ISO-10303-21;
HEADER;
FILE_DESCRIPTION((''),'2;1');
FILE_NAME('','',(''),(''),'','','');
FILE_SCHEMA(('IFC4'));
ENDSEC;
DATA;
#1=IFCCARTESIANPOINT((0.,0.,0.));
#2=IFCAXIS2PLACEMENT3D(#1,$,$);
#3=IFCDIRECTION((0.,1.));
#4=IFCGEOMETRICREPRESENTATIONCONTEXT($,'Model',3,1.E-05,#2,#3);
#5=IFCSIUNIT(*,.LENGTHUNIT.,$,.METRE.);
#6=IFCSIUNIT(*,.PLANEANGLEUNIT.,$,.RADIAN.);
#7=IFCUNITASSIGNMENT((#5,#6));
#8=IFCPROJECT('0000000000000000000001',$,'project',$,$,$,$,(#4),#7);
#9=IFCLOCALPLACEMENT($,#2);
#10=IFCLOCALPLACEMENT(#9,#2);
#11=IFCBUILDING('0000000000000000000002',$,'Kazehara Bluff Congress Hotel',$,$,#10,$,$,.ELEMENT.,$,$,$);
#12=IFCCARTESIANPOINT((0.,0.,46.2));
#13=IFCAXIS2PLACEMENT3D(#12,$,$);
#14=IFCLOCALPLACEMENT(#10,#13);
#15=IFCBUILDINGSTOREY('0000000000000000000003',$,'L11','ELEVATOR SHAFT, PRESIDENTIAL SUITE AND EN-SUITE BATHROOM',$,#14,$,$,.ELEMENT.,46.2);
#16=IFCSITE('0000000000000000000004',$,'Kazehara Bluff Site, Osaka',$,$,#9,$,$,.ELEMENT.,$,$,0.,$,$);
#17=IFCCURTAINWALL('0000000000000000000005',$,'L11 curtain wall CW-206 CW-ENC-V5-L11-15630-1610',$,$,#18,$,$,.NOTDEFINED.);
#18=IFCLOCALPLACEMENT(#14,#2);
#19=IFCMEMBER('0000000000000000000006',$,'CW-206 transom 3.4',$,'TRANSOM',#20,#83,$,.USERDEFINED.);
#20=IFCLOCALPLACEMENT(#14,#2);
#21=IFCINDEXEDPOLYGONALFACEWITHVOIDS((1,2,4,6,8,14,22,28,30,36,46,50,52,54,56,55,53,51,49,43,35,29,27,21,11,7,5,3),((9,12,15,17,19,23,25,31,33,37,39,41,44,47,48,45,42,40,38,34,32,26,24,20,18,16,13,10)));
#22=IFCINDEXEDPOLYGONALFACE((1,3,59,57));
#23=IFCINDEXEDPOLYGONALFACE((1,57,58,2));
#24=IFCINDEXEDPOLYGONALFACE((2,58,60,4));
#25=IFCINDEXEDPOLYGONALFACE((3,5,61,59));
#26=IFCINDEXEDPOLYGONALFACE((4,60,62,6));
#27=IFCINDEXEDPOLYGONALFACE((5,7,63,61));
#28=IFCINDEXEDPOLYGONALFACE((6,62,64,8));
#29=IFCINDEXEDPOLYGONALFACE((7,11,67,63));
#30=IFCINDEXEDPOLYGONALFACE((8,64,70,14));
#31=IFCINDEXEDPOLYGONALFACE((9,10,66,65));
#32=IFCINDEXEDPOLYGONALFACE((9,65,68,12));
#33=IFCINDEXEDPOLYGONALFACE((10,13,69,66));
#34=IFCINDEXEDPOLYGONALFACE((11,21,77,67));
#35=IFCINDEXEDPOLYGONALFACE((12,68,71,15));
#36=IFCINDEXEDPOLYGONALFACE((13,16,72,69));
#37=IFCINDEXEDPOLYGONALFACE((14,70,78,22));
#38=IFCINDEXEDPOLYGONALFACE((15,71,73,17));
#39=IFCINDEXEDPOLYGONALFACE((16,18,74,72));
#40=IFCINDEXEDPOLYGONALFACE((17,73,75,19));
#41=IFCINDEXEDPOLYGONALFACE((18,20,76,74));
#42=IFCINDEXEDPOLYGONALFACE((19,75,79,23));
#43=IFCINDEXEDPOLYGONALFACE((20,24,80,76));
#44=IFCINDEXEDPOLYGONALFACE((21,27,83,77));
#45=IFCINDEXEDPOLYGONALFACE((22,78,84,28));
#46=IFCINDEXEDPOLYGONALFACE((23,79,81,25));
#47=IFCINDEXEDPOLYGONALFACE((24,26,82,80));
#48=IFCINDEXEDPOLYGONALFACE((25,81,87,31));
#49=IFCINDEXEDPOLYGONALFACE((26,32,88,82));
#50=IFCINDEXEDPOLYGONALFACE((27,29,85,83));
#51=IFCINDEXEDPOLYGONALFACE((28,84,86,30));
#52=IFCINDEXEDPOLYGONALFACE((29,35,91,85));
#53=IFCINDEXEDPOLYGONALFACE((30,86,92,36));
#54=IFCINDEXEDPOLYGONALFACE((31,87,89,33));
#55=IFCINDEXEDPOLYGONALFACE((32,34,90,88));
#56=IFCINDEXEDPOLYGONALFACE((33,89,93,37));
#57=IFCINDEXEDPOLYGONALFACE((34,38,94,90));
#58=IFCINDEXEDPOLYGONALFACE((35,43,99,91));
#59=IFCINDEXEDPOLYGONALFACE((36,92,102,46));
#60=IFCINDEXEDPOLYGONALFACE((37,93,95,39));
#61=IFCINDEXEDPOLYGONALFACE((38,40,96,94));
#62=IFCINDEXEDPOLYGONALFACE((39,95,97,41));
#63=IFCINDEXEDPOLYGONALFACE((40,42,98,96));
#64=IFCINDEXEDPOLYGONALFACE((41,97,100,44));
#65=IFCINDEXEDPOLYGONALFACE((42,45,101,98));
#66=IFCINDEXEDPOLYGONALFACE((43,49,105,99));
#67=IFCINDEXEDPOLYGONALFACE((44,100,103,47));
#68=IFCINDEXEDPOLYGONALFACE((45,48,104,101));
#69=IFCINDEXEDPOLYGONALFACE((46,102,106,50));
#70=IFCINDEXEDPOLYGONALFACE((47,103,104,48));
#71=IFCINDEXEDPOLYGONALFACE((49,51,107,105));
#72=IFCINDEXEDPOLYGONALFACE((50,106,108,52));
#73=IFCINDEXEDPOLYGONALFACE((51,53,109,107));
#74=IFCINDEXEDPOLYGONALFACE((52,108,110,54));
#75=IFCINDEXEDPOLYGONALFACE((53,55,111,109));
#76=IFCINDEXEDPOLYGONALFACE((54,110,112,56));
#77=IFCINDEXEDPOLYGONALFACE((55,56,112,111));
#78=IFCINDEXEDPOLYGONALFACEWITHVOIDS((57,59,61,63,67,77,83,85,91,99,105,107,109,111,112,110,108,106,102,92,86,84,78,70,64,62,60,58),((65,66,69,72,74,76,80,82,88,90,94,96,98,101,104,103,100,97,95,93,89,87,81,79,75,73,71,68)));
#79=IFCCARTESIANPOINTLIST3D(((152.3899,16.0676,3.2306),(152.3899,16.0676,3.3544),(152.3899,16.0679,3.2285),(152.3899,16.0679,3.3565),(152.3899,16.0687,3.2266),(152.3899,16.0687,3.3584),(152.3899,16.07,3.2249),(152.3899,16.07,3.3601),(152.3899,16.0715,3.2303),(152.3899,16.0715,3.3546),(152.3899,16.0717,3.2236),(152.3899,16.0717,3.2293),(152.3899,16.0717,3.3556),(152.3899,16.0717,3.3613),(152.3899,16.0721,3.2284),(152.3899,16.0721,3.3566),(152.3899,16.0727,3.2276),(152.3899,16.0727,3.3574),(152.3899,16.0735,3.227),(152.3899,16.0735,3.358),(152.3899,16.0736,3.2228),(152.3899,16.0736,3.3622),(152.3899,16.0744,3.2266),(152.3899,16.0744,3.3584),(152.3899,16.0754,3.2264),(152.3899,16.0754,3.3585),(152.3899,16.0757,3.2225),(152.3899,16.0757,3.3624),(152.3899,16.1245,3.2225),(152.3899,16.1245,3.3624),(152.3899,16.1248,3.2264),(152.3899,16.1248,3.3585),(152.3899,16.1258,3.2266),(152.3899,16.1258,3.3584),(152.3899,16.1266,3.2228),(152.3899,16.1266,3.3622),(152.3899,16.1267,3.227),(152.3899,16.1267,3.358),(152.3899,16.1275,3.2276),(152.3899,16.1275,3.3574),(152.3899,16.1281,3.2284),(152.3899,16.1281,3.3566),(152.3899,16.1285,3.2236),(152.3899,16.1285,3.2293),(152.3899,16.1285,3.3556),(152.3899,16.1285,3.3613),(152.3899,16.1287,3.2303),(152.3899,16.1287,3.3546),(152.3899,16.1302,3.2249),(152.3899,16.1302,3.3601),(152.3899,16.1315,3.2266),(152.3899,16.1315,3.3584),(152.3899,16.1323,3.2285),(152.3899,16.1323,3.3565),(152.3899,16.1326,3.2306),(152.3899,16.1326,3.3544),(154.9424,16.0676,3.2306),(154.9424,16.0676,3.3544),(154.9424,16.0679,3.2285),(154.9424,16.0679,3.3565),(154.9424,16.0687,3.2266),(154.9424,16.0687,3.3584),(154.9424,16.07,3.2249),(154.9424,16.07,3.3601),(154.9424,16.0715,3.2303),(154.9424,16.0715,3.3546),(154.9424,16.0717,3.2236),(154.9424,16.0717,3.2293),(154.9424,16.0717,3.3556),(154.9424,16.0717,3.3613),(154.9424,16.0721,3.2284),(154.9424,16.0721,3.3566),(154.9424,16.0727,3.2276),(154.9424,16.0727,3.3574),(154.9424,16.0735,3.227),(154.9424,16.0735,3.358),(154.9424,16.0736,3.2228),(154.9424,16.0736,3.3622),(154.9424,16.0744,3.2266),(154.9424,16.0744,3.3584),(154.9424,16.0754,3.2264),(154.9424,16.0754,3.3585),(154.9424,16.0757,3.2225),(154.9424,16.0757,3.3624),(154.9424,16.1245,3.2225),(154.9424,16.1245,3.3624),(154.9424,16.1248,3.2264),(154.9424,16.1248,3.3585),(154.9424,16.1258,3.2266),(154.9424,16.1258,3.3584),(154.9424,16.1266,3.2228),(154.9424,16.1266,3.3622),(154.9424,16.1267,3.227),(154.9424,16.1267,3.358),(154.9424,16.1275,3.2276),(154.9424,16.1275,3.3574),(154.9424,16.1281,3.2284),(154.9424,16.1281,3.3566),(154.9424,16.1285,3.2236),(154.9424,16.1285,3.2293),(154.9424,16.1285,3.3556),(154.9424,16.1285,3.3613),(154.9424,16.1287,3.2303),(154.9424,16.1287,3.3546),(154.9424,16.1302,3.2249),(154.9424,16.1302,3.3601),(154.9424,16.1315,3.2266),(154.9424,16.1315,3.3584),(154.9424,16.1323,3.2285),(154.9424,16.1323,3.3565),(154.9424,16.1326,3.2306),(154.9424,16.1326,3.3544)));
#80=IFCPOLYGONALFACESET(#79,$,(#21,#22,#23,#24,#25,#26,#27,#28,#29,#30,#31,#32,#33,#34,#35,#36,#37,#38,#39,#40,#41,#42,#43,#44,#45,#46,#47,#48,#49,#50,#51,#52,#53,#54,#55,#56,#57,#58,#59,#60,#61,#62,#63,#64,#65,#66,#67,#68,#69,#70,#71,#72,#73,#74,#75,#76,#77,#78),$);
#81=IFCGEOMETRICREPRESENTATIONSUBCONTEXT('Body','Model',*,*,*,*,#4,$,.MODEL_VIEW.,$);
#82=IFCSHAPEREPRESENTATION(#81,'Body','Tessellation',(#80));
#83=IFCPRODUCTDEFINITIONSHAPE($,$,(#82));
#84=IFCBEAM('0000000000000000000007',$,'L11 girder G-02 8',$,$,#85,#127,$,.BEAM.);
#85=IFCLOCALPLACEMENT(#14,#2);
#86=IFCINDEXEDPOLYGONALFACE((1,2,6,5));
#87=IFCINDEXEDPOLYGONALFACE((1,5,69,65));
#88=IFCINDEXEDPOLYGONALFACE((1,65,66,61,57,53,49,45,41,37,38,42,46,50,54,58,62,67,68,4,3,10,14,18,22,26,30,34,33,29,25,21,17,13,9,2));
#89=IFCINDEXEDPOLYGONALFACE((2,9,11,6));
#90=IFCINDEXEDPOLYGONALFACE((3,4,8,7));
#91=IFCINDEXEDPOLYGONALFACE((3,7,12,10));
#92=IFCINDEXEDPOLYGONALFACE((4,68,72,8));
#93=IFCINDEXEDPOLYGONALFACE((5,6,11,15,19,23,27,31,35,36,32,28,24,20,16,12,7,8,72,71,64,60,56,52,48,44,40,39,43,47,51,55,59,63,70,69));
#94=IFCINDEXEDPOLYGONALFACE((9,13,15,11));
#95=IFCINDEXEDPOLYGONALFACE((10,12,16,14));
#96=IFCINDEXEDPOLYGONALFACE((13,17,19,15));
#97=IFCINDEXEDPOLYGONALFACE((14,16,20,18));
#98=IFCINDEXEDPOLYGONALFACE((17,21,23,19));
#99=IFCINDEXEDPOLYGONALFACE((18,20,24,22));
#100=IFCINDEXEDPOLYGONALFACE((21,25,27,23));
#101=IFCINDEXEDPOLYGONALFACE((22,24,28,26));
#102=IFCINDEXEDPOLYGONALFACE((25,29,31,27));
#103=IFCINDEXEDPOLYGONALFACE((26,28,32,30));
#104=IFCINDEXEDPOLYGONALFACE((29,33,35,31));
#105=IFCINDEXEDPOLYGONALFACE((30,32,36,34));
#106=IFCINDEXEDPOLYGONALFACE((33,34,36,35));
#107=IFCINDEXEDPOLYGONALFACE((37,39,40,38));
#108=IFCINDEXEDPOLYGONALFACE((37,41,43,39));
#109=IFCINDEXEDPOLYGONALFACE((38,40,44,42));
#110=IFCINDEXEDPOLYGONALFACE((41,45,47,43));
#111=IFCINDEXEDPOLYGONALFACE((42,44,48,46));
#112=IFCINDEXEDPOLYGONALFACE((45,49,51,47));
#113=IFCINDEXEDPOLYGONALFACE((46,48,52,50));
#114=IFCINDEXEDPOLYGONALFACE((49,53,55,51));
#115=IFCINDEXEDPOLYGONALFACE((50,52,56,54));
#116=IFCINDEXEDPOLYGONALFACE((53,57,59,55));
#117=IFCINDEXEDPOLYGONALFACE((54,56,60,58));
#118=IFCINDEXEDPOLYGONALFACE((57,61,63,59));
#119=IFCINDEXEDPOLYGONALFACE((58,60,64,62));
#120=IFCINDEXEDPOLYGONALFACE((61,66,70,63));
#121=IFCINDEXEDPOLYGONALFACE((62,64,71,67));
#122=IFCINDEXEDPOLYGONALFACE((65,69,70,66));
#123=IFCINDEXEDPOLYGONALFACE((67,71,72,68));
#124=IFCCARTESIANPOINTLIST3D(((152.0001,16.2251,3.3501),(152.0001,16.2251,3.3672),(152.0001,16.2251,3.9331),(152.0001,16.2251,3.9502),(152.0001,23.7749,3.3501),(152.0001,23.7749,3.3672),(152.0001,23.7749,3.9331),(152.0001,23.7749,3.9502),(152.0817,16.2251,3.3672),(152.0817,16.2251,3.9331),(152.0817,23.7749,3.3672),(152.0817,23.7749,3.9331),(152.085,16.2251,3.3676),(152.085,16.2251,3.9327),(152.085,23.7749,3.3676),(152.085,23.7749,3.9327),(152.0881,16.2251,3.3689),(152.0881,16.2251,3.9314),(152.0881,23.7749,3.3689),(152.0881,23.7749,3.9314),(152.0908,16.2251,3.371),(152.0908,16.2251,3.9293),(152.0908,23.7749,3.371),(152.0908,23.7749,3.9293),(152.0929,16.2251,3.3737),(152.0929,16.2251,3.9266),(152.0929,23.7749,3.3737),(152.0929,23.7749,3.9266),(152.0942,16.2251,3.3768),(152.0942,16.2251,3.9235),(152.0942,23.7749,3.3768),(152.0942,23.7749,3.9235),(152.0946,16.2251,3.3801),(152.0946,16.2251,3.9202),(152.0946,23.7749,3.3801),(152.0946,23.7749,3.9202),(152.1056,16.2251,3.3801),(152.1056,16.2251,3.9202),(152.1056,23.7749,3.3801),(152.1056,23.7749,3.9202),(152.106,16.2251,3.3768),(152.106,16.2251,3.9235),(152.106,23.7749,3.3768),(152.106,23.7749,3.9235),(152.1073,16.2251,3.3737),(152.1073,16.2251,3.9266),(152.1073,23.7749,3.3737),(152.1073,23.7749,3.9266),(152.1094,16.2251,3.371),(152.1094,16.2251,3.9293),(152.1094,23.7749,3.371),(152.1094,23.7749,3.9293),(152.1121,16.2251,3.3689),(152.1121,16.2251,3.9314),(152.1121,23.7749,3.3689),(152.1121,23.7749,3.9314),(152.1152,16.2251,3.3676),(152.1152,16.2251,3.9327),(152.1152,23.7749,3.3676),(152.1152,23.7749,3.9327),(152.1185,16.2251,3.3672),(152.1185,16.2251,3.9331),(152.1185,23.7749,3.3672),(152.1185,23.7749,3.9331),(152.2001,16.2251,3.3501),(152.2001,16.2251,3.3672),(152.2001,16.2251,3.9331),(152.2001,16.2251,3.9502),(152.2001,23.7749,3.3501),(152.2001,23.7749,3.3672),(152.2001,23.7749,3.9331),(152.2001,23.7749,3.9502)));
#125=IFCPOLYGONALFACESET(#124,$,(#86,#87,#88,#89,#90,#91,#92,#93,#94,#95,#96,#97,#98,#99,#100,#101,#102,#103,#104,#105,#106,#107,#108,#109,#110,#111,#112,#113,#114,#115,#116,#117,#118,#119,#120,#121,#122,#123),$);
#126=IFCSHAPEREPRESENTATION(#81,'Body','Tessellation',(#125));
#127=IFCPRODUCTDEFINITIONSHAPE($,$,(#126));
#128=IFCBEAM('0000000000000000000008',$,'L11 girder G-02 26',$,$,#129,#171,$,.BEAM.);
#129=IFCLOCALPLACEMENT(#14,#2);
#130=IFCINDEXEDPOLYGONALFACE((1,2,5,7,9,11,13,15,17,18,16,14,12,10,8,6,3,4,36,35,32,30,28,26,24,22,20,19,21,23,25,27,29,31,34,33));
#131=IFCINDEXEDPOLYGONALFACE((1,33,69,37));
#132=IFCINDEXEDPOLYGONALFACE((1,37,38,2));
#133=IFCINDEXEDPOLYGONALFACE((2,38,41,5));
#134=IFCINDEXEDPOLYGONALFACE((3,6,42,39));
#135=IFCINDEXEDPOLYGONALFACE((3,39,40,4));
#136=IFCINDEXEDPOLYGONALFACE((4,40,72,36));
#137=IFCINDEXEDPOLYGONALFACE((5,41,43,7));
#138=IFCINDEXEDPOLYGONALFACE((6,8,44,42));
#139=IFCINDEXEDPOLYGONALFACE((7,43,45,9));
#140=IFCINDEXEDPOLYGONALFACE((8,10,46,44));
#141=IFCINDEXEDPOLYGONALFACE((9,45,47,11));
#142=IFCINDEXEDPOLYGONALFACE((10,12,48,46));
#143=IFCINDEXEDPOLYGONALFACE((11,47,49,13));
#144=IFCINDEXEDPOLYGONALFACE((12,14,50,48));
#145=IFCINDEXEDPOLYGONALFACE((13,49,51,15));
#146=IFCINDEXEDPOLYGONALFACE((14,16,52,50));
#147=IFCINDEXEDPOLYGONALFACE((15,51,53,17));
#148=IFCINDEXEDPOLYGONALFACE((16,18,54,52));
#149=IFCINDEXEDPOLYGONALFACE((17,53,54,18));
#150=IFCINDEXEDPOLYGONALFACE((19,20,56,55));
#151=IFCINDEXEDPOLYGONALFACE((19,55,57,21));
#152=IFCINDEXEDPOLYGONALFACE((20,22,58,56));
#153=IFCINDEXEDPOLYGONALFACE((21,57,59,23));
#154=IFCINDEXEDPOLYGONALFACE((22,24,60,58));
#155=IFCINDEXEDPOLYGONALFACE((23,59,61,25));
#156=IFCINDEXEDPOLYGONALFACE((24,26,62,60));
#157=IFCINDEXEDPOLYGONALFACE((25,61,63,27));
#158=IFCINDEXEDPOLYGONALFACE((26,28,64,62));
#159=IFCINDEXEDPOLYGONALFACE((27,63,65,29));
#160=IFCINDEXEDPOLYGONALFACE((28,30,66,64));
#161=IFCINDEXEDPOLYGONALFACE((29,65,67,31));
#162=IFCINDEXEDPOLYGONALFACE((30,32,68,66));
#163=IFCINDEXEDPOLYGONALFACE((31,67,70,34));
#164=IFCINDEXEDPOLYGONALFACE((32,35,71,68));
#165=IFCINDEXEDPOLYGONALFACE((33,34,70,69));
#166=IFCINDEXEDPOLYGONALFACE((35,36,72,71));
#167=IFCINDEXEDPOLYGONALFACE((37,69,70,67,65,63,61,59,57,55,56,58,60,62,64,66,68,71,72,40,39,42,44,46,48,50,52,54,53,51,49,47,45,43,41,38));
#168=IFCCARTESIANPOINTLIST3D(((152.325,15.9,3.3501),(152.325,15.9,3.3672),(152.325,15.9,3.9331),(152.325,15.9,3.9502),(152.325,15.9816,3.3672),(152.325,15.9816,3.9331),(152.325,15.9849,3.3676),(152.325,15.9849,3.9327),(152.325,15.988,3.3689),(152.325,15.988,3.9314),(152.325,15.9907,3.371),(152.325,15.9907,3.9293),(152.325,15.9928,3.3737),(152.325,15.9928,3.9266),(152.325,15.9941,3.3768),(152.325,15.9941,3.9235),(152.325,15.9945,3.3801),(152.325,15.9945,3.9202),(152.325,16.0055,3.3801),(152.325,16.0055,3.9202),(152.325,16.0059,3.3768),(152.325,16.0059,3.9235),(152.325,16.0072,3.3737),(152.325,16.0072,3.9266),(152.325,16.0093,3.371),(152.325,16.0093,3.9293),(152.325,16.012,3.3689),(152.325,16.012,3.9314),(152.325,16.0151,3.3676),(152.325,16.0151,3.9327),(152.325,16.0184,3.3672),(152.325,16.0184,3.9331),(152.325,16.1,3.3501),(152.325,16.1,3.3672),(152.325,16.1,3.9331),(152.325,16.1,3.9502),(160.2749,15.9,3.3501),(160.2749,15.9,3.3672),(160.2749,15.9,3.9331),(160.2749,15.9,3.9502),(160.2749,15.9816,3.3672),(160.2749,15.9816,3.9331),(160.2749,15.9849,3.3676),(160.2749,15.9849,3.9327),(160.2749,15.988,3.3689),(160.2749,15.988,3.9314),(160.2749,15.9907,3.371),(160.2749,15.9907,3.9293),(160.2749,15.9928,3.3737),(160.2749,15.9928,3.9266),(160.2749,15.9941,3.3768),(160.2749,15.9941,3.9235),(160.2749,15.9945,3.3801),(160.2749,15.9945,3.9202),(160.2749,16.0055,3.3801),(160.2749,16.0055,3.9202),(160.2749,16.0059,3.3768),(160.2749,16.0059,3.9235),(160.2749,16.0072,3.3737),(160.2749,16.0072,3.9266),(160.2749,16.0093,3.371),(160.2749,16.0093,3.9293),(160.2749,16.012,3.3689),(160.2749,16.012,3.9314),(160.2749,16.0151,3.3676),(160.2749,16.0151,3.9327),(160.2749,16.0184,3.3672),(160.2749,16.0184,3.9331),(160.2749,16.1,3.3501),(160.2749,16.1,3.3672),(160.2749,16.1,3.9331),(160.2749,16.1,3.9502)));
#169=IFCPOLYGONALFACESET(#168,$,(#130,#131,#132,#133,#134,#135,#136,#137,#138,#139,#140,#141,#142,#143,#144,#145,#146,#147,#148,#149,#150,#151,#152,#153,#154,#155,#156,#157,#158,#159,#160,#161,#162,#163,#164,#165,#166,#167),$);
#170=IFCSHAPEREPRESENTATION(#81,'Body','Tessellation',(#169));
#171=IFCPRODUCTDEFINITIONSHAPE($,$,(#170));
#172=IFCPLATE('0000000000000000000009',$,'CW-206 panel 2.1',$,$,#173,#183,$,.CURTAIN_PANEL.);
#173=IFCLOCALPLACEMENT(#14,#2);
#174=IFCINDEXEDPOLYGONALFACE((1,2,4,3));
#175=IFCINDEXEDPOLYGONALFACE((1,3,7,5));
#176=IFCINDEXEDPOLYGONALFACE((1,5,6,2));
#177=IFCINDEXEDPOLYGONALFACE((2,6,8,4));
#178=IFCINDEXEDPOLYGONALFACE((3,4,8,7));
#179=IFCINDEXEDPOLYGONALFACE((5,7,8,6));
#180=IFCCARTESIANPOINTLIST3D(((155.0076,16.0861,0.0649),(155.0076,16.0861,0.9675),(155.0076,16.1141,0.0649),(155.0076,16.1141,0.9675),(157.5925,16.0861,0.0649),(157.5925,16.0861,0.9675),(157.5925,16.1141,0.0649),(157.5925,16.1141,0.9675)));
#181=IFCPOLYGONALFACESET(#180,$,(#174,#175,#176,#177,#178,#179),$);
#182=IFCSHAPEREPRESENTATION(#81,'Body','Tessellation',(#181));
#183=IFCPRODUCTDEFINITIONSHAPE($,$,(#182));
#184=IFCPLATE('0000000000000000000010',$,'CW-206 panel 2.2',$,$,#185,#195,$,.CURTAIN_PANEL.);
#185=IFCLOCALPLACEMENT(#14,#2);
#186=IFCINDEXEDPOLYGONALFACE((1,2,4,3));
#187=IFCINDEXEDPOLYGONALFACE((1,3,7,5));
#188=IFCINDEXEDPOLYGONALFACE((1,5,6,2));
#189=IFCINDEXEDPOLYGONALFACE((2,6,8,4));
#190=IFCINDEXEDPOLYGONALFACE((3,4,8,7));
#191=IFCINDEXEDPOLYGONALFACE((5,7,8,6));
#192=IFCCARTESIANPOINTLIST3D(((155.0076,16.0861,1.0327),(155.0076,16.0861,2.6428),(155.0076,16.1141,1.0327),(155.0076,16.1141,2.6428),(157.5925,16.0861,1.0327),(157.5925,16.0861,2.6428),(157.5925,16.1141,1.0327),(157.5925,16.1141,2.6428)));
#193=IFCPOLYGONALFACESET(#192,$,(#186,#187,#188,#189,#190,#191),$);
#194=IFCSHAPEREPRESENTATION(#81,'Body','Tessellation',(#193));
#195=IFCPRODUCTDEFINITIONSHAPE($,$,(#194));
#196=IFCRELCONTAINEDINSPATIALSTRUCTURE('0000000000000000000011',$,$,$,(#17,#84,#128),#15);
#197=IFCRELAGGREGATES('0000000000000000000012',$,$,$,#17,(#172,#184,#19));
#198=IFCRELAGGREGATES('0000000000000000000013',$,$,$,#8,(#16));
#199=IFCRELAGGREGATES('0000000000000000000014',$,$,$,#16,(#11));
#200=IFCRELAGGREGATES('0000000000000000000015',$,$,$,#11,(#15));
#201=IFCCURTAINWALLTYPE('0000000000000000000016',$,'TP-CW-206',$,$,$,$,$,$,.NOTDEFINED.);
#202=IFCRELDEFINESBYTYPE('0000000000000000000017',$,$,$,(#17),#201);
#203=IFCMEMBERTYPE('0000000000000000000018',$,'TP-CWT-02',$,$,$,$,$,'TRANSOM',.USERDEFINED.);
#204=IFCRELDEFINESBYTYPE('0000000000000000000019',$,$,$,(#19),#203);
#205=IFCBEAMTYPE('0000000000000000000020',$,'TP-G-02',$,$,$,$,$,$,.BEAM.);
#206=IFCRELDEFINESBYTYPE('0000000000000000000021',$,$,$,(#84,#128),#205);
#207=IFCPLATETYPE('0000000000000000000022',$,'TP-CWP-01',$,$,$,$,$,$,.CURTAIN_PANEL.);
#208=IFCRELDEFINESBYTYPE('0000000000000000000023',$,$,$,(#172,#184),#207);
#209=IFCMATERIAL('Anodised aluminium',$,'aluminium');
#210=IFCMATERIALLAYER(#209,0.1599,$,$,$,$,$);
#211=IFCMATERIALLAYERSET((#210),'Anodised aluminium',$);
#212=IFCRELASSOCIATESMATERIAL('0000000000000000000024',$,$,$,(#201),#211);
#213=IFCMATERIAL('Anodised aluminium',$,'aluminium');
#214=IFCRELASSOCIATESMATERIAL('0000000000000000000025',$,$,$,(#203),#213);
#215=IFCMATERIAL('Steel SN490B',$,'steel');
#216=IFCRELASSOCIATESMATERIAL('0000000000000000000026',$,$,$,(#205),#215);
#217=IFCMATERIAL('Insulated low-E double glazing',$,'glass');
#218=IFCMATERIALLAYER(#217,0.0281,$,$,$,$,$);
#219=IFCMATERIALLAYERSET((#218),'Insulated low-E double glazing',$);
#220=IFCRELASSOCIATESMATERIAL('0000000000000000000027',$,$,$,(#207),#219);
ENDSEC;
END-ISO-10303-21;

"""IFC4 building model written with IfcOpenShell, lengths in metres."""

from ifc_helpers import new_model, si_unit, direction, frame, origin, origin_2d, place, context, subcontext, project, spatial, rectangle, hollow_rectangle, i_section, extrude, material, layer, layer_set, material_profile, profile_set, type_object, element, aggregate, save


model = new_model("IFC4")

# Units and contexts
model_context = context("Model", 3, precision=1e-05, world=origin(), true_north=direction((0.0, 1.0)))
body_context = subcontext(model_context, "Body", "Model", "MODEL_VIEW")
ifc_project = project(units=[si_unit("LENGTHUNIT", "METRE"), si_unit("PLANEANGLEUNIT", "RADIAN")], contexts=[model_context])

# Site, building, storey
site_placement = place(None, origin())
site = spatial("IfcSite", under=ifc_project, at=site_placement, Name="Kazehara Bluff Site, Osaka", CompositionType="ELEMENT", RefElevation=0.0)
building_placement = place(site_placement, origin())
building = spatial("IfcBuilding", under=site, at=building_placement, Name="Kazehara Bluff Congress Hotel", CompositionType="ELEMENT")
storey_placement = place(building_placement, frame((0.0, 0.0, 46.2)))
storey = spatial("IfcBuildingStorey", under=building, at=storey_placement, Name="L11", Description="ELEVATOR SHAFT, PRESIDENTIAL SUITE AND EN-SUITE BATHROOM", CompositionType="ELEMENT", Elevation=46.2)

# Shared definitions
ifc_material_1 = material(Name="Anodised aluminium", Category="aluminium")
ifc_layer_1 = layer(ifc_material_1, 0.1599)
ifc_layer_set_1 = layer_set([ifc_layer_1], Name="Anodised aluminium")
curtain_wall_type = type_object("IfcCurtainWallType", Name="TP-CW-206", PredefinedType="NOTDEFINED", material=ifc_layer_set_1)

# Curtain wall
curtain_wall_1_placement = place(storey_placement, origin())
curtain_wall_1 = element("IfcCurtainWall", 1, at=curtain_wall_1_placement, inside=storey, type_object=curtain_wall_type, Name="L11 curtain wall CW-206 CW-ENC-V5-L11-15630-1610", PredefinedType="NOTDEFINED")

# Member
ifc_material_2 = material(Name="Anodised aluminium", Category="aluminium")
ifc_material_profile_1 = material_profile(ifc_material_2, hollow_rectangle(XDim=0.0649, YDim=0.1399, WallThickness=0.0039, InnerFilletRadius=0.0039, OuterFilletRadius=0.0081, at=origin_2d()))
ifc_profile_set_1 = profile_set([ifc_material_profile_1], Name="Anodised aluminium")
member_type_1 = type_object("IfcMemberType", Name="TP-CWT-02", ElementType="TRANSOM", PredefinedType="USERDEFINED", material=ifc_profile_set_1)
member_1_placement = place(storey_placement, frame((154.9424, 16.1001, 3.2925), z_axis=(-1.0, 0.0, 0.0), x_axis=(0.0, -1.0, 0.0)))
member_1 = element("IfcMember", 2, at=member_1_placement, type_object=member_type_1, Name="CW-206 transom 3.4", ObjectType="TRANSOM", PredefinedType="USERDEFINED", context=body_context, shape_type="SweptSolid", body=[
    extrude(hollow_rectangle(XDim=0.0649, YDim=0.1399, WallThickness=0.0039, InnerFilletRadius=0.0039, OuterFilletRadius=0.0081, at=origin_2d()), origin(), (0.0, 0.0, 1.0), 2.5525),
])

# Beams
ifc_material_3 = material(Name="Steel SN490B", Category="steel")
ifc_material_profile_2 = material_profile(ifc_material_3, i_section(OverallWidth=0.2, OverallDepth=0.6001, WebThickness=0.011, FlangeThickness=0.0171, FilletRadius=0.0129, at=origin_2d()))
ifc_profile_set_2 = profile_set([ifc_material_profile_2], Name="Steel SN490B")
beam_type = type_object("IfcBeamType", Name="TP-G-02", PredefinedType="BEAM", material=ifc_profile_set_2)
beam_1_placement = place(storey_placement, frame((152.1001, 16.2251, 3.6501), z_axis=(0.0, 1.0, 0.0), x_axis=(-1.0, 0.0, 0.0)))
element("IfcBeam", 3, at=beam_1_placement, inside=storey, type_object=beam_type, Name="L11 girder G-02 8", PredefinedType="BEAM", context=body_context, shape_type="SweptSolid", body=[
    extrude(i_section(OverallWidth=0.2, OverallDepth=0.6001, WebThickness=0.011, FlangeThickness=0.0171, FilletRadius=0.0129, at=origin_2d()), origin(), (0.0, 0.0, 1.0), 7.5498),
])
beam_2_placement = place(storey_placement, frame((152.325, 16.0, 3.6501), z_axis=(1.0, 0.0, 0.0), x_axis=(0.0, 1.0, 0.0)))
element("IfcBeam", 4, at=beam_2_placement, inside=storey, type_object=beam_type, Name="L11 girder G-02 26", PredefinedType="BEAM", context=body_context, shape_type="SweptSolid", body=[
    extrude(i_section(OverallWidth=0.2, OverallDepth=0.6001, WebThickness=0.011, FlangeThickness=0.0171, FilletRadius=0.0129, at=origin_2d()), origin(), (0.0, 0.0, 1.0), 7.95),
])

# Plates
ifc_material_4 = material(Name="Insulated low-E double glazing", Category="glass")
ifc_layer_2 = layer(ifc_material_4, 0.0281)
ifc_layer_set_2 = layer_set([ifc_layer_2], Name="Insulated low-E double glazing")
plate_type = type_object("IfcPlateType", Name="TP-CWP-01", PredefinedType="CURTAIN_PANEL", material=ifc_layer_set_2)
plate_1_placement = place(storey_placement, frame((156.3, 16.1001, 0.0649), z_axis=(0.0, 0.0, 1.0), x_axis=(-1.0, 0.0, 0.0)))
plate_1 = element("IfcPlate", 5, at=plate_1_placement, type_object=plate_type, Name="CW-206 panel 2.1", PredefinedType="CURTAIN_PANEL", context=body_context, shape_type="SweptSolid", body=[
    extrude(rectangle(XDim=2.585, YDim=0.0281, at=origin_2d()), origin(), (0.0, 0.0, 1.0), 0.9026),
])
plate_2_placement = place(storey_placement, frame((156.3, 16.1001, 1.0327), z_axis=(0.0, 0.0, 1.0), x_axis=(-1.0, 0.0, 0.0)))
plate_2 = element("IfcPlate", 6, at=plate_2_placement, type_object=plate_type, Name="CW-206 panel 2.2", PredefinedType="CURTAIN_PANEL", context=body_context, shape_type="SweptSolid", body=[
    extrude(rectangle(XDim=2.585, YDim=0.0281, at=origin_2d()), origin(), (0.0, 0.0, 1.0), 1.6101),
])
aggregate(curtain_wall_1, [plate_1, plate_2, member_1])

save(model, "model.ifc")
